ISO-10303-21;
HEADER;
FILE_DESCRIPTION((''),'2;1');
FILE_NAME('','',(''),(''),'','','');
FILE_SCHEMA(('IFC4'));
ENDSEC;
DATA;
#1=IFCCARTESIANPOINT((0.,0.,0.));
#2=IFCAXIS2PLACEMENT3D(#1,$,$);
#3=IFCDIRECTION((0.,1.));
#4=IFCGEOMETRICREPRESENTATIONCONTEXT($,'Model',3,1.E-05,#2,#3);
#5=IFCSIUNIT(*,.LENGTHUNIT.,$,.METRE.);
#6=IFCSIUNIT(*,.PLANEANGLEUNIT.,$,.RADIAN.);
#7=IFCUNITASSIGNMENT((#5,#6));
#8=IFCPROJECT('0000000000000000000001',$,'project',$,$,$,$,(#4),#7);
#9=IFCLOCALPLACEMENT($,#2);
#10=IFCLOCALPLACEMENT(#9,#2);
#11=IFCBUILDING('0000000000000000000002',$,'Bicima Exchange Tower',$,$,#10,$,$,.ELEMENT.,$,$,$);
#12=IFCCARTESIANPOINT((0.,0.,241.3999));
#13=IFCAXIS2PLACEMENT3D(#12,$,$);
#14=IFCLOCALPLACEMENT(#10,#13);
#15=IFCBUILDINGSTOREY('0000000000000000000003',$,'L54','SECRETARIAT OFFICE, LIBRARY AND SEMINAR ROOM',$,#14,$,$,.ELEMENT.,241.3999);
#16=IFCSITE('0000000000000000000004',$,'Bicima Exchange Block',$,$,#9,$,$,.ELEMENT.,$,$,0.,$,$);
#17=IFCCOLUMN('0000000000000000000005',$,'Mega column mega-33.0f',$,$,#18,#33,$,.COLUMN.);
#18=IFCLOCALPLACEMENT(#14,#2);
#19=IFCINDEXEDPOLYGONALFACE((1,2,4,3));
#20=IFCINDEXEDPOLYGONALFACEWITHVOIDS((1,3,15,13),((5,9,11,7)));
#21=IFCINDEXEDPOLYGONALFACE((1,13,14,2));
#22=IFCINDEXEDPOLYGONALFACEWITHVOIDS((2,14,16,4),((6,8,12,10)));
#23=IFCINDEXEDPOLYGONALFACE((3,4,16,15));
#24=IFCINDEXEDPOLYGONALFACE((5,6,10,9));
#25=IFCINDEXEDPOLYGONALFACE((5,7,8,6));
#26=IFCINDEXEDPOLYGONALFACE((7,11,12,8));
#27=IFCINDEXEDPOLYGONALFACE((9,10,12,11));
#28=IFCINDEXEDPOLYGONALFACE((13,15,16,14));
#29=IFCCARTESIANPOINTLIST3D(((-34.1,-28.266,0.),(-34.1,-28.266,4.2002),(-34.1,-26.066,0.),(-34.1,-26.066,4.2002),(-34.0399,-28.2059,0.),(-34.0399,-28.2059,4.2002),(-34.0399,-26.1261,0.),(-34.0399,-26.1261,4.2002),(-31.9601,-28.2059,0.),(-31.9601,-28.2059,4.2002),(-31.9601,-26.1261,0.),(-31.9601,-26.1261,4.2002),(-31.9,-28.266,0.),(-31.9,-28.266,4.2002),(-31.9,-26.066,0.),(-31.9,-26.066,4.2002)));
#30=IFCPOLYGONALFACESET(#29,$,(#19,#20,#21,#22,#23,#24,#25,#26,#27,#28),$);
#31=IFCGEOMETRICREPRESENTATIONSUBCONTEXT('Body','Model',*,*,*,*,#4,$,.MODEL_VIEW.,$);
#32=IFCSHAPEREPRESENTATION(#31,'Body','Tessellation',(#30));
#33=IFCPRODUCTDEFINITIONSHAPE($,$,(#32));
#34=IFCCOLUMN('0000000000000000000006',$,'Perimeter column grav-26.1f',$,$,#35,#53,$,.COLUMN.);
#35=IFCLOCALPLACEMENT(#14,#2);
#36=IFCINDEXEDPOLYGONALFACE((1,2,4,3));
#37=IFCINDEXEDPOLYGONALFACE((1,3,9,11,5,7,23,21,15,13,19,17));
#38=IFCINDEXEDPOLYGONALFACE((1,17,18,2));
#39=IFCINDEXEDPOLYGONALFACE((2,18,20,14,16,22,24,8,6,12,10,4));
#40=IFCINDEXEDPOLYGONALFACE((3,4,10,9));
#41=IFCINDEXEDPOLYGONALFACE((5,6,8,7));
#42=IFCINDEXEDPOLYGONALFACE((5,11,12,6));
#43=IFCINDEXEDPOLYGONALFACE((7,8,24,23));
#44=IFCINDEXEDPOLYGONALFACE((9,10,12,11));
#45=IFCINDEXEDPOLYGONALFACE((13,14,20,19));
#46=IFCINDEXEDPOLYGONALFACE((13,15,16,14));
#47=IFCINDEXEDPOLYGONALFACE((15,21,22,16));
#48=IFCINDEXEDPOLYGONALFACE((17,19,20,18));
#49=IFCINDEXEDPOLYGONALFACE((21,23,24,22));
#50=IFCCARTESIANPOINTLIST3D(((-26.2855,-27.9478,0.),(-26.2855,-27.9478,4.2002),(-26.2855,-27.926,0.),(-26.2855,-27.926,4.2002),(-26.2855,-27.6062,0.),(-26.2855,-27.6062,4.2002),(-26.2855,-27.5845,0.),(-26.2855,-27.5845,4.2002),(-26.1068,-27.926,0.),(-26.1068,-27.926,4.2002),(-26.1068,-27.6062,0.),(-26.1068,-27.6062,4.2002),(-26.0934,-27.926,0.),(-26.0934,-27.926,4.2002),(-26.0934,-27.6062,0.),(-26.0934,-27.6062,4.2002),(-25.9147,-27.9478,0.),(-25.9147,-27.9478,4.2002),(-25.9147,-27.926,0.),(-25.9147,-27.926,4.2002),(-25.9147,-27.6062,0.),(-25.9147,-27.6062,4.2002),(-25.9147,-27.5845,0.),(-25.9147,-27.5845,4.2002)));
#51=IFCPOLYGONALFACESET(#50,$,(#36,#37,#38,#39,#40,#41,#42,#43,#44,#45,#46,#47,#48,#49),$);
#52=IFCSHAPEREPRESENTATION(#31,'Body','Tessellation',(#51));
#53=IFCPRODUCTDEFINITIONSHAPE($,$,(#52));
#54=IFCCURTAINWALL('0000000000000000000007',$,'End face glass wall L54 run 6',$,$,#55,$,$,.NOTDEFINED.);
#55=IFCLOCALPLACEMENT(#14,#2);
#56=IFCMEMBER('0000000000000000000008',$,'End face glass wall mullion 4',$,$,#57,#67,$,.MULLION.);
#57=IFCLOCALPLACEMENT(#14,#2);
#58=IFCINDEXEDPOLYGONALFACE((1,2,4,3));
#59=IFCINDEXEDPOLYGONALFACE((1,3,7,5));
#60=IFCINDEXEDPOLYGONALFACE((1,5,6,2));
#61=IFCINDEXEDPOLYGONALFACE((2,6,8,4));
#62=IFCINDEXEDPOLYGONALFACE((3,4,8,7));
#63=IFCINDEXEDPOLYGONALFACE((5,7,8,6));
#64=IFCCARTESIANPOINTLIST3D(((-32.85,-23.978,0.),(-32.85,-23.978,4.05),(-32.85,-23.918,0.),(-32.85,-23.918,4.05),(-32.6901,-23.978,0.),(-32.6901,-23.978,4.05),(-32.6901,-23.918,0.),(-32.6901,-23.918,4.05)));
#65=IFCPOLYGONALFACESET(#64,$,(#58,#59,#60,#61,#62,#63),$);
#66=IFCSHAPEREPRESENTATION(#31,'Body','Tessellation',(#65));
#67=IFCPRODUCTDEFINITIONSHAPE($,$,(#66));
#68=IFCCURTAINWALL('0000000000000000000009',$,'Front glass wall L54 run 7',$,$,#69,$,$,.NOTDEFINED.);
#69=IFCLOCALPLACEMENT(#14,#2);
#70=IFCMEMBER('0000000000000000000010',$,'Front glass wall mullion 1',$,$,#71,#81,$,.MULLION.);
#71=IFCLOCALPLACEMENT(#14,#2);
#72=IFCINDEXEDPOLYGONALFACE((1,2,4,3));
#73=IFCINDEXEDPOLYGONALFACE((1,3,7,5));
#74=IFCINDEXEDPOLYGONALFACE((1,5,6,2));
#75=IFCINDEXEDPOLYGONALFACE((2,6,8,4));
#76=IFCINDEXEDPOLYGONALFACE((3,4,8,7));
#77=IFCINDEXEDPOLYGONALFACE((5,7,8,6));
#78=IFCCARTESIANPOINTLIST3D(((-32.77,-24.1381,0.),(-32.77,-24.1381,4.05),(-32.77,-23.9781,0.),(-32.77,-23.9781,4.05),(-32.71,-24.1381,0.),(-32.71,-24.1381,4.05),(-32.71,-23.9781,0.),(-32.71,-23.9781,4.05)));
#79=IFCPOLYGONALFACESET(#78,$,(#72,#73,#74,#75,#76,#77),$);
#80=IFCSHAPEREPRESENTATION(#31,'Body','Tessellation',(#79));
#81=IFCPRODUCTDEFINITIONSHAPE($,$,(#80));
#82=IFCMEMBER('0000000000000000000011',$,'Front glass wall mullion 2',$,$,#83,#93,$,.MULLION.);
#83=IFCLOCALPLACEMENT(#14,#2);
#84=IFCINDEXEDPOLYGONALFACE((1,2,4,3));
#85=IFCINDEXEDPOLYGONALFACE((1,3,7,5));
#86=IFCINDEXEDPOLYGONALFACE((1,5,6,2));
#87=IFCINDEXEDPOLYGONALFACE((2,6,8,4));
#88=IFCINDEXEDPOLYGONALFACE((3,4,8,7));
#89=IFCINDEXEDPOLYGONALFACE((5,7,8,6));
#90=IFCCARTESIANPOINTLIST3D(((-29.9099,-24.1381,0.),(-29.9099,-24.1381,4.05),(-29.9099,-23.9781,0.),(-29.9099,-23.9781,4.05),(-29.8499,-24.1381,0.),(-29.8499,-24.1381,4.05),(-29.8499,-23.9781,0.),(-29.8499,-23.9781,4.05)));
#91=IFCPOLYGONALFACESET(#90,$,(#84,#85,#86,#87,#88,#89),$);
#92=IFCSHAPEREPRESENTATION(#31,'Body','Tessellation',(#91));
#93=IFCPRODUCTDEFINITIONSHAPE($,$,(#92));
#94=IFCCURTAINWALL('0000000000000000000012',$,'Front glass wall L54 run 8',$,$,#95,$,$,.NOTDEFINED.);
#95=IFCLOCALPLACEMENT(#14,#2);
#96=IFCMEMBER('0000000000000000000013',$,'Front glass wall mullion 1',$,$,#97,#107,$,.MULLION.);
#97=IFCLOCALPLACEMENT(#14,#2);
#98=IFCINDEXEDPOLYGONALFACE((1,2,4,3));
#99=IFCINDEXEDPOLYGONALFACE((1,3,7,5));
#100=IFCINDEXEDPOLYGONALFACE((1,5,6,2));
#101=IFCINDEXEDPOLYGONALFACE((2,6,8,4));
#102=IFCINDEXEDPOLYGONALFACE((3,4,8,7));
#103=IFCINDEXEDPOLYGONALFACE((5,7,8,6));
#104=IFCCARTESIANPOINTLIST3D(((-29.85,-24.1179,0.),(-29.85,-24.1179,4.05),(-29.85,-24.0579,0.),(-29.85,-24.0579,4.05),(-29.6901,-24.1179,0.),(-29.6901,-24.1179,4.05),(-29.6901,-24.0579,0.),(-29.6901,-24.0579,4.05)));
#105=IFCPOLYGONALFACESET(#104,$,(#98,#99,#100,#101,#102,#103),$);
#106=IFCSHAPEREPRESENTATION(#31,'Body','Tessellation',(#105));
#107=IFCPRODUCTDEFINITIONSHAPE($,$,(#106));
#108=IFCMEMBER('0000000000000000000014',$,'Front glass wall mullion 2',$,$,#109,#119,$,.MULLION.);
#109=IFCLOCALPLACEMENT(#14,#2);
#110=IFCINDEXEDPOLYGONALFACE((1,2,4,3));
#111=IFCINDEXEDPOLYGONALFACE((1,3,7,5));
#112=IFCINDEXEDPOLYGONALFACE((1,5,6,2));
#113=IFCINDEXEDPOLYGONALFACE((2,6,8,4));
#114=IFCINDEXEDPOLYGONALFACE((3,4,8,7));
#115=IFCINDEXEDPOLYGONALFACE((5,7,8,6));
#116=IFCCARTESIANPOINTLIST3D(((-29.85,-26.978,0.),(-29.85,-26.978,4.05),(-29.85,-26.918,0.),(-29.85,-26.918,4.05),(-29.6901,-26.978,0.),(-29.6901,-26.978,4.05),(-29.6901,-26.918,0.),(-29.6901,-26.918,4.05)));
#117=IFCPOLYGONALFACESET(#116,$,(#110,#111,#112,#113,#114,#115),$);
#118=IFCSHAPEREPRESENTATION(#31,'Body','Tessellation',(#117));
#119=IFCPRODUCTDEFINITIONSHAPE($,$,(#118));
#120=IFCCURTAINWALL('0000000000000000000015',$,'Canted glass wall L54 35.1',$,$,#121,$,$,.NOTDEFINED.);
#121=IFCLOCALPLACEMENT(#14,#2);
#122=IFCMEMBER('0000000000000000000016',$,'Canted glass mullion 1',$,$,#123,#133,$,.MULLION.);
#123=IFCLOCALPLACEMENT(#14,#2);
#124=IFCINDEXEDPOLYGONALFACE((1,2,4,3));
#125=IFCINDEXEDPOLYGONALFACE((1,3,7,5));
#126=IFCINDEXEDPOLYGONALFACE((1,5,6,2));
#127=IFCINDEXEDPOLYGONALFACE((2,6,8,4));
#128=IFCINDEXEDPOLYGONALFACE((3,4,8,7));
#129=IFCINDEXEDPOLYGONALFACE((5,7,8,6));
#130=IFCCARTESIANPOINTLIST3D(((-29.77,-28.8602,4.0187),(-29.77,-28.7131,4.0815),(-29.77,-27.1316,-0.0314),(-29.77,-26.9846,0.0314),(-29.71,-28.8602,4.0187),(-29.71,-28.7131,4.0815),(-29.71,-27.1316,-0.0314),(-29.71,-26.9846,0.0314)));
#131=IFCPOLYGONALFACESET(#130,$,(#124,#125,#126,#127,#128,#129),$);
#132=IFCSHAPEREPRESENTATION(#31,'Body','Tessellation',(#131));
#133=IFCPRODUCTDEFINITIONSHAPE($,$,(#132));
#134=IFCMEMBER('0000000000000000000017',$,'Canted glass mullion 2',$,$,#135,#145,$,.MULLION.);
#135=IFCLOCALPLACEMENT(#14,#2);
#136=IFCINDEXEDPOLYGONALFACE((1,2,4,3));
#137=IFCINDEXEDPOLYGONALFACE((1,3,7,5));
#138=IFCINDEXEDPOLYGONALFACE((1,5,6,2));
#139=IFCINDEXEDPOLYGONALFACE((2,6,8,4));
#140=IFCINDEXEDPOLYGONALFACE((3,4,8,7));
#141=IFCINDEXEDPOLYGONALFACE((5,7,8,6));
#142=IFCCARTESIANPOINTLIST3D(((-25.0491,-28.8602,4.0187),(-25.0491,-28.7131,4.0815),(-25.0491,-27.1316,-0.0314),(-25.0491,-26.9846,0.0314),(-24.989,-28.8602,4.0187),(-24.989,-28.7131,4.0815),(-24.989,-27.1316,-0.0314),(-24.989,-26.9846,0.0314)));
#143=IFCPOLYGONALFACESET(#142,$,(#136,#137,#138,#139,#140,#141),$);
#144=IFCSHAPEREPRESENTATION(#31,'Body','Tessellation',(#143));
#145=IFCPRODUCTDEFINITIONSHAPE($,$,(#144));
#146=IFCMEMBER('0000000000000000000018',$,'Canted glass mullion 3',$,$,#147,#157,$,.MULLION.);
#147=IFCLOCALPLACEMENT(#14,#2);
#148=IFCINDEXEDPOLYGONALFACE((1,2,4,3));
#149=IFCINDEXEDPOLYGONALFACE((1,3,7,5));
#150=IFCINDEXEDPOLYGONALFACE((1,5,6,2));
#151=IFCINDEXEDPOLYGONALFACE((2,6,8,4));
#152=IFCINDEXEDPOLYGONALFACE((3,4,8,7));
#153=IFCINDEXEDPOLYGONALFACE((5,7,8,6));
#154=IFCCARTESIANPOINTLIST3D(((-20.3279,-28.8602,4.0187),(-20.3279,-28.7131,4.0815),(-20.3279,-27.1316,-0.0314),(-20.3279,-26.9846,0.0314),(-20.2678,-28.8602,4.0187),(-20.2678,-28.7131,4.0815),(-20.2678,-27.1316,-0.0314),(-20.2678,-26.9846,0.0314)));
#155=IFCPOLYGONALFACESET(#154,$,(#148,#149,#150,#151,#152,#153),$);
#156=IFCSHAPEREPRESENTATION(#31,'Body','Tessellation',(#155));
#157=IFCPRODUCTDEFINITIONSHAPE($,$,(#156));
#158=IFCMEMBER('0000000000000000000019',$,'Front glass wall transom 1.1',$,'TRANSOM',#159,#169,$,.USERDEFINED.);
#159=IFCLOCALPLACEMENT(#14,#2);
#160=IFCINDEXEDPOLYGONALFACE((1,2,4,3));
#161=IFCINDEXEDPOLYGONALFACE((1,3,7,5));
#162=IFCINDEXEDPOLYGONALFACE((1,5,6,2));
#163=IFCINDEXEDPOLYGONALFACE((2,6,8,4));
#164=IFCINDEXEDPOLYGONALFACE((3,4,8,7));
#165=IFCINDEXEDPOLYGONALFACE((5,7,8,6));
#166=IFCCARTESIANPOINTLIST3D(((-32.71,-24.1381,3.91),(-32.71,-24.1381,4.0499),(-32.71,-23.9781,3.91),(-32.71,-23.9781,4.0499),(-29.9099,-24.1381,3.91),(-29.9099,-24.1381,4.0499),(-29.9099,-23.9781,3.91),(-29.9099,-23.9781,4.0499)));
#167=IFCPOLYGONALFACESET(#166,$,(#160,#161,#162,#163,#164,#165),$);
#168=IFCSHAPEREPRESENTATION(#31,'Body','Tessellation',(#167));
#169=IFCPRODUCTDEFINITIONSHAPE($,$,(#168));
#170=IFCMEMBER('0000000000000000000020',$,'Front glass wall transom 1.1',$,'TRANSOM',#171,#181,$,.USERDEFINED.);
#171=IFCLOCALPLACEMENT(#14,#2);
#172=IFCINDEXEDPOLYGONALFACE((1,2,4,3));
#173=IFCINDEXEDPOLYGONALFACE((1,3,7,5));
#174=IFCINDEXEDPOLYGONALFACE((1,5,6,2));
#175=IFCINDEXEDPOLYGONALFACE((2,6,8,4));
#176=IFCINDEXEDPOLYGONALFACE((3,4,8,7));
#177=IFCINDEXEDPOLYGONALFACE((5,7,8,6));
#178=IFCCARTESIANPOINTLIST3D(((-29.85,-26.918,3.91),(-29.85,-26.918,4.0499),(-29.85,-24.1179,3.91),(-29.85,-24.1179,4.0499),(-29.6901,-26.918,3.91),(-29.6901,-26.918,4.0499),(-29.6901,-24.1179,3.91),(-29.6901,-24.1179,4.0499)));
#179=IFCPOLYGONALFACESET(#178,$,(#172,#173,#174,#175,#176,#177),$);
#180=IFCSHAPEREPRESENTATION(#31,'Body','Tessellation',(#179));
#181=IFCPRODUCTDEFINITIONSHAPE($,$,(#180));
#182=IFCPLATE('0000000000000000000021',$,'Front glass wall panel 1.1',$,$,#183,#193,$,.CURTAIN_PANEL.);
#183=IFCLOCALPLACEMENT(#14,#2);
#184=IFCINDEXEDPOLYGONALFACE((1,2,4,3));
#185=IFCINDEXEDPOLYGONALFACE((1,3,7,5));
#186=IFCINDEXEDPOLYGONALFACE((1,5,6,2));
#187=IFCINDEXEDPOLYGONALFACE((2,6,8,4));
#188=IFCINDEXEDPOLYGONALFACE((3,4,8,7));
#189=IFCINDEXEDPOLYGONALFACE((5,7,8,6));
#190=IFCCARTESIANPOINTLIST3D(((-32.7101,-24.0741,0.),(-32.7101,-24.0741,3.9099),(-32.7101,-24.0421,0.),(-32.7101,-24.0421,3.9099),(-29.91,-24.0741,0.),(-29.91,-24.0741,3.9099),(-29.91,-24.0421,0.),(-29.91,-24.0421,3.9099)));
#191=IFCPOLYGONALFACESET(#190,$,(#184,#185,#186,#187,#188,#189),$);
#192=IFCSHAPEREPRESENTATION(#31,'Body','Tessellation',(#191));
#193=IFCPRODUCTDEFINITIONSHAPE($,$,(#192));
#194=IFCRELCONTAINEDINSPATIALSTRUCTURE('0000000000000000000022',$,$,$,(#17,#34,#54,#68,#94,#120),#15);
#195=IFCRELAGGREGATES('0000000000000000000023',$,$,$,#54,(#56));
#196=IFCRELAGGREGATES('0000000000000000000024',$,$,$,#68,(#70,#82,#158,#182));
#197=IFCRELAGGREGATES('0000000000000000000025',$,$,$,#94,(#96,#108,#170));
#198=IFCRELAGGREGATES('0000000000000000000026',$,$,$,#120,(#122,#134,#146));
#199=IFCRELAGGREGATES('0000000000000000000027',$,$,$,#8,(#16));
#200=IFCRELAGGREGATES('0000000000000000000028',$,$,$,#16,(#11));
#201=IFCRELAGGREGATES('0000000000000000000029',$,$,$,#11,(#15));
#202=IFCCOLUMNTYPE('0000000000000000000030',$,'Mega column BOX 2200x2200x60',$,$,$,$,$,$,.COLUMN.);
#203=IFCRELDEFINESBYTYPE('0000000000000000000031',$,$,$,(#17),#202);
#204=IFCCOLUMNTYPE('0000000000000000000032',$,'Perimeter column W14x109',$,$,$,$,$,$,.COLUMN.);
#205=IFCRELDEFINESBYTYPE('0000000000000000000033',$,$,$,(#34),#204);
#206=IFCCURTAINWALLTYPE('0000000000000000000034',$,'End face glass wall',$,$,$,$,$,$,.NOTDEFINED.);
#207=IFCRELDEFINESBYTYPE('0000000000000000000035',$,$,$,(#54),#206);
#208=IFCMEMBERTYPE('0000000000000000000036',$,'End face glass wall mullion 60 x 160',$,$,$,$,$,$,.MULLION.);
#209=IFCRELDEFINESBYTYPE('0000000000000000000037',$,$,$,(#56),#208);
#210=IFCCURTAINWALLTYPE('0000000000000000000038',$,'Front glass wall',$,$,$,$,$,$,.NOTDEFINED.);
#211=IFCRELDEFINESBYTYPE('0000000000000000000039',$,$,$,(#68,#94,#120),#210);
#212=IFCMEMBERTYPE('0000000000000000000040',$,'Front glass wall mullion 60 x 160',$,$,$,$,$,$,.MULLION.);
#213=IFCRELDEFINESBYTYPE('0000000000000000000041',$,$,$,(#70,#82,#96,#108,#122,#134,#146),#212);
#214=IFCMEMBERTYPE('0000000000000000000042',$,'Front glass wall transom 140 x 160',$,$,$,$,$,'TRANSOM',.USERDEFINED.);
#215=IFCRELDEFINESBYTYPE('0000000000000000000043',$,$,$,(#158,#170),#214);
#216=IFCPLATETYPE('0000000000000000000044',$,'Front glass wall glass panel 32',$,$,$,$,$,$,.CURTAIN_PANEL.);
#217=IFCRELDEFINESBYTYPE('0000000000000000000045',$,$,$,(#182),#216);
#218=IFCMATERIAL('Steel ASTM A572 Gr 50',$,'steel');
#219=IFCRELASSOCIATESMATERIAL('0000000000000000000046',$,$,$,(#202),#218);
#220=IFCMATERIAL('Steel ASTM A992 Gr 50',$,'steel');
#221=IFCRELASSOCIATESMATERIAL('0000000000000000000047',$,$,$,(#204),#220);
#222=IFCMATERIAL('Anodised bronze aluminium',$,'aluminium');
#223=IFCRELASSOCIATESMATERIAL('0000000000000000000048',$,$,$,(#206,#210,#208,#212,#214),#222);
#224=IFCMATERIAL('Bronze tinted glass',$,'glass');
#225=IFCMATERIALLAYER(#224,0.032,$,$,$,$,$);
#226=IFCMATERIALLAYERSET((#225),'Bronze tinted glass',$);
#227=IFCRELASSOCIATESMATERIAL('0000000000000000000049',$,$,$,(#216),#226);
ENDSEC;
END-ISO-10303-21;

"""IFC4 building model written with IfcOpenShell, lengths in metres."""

from ifc_helpers import new_model, si_unit, direction, frame, origin, origin_2d, place, context, subcontext, project, spatial, rectangle, hollow_rectangle, i_section, extrude, material, layer, layer_set, material_profile, profile_set, type_object, element, aggregate, save


model = new_model("IFC4")

# Units and contexts
model_context = context("Model", 3, precision=1e-05, world=origin(), true_north=direction((0.0, 1.0)))
body_context = subcontext(model_context, "Body", "Model", "MODEL_VIEW")
ifc_project = project(units=[si_unit("LENGTHUNIT", "METRE"), si_unit("PLANEANGLEUNIT", "RADIAN")], contexts=[model_context])

# Site, building, storey
site_placement = place(None, origin())
site = spatial("IfcSite", under=ifc_project, at=site_placement, Name="Bicima Exchange Block", CompositionType="ELEMENT", RefElevation=0.0)
building_placement = place(site_placement, origin())
building = spatial("IfcBuilding", under=site, at=building_placement, Name="Bicima Exchange Tower", CompositionType="ELEMENT")
storey_placement = place(building_placement, frame((0.0, 0.0, 241.3999)))
storey = spatial("IfcBuildingStorey", under=building, at=storey_placement, Name="L54", Description="SECRETARIAT OFFICE, LIBRARY AND SEMINAR ROOM", CompositionType="ELEMENT", Elevation=241.3999)

# Columns
ifc_material_1 = material(Name="Steel ASTM A572 Gr 50", Category="steel")
ifc_material_profile_1 = material_profile(ifc_material_1, hollow_rectangle(XDim=2.2, YDim=2.2, WallThickness=0.0601, at=origin_2d()))
ifc_profile_set_1 = profile_set([ifc_material_profile_1], Name="Steel ASTM A572 Gr 50")
column_type_1 = type_object("IfcColumnType", Name="Mega column BOX 2200x2200x60", PredefinedType="COLUMN", material=ifc_profile_set_1)
column_1_placement = place(storey_placement, frame((-33.0, -27.166, 0.0), z_axis=(0.0, 0.0, 1.0), x_axis=(1.0, 0.0, 0.0)))
element("IfcColumn", 1, at=column_1_placement, inside=storey, type_object=column_type_1, Name="Mega column mega-33.0f", PredefinedType="COLUMN", context=body_context, shape_type="SweptSolid", body=[
    extrude(hollow_rectangle(XDim=2.2, YDim=2.2, WallThickness=0.0601, at=origin_2d()), origin(), (0.0, 0.0, 1.0), 4.2002),
])
ifc_material_2 = material(Name="Steel ASTM A992 Gr 50", Category="steel")
ifc_material_profile_2 = material_profile(ifc_material_2, i_section(OverallWidth=0.3708, OverallDepth=0.3633, WebThickness=0.0134, FlangeThickness=0.0217, at=origin_2d()))
ifc_profile_set_2 = profile_set([ifc_material_profile_2], Name="Steel ASTM A992 Gr 50")
column_type_2 = type_object("IfcColumnType", Name="Perimeter column W14x109", PredefinedType="COLUMN", material=ifc_profile_set_2)
column_2_placement = place(storey_placement, frame((-26.1001, -27.7661, 0.0), z_axis=(0.0, 0.0, 1.0), x_axis=(1.0, 0.0, 0.0)))
element("IfcColumn", 2, at=column_2_placement, inside=storey, type_object=column_type_2, Name="Perimeter column grav-26.1f", PredefinedType="COLUMN", context=body_context, shape_type="SweptSolid", body=[
    extrude(i_section(OverallWidth=0.3708, OverallDepth=0.3633, WebThickness=0.0134, FlangeThickness=0.0217, at=origin_2d()), origin(), (0.0, 0.0, 1.0), 4.2002),
])

# Curtain wall, member
ifc_material_3 = material(Name="Anodised bronze aluminium", Category="aluminium")
curtain_wall_type_1 = type_object("IfcCurtainWallType", Name="End face glass wall", PredefinedType="NOTDEFINED", material=ifc_material_3)
curtain_wall_1_placement = place(storey_placement, origin())
curtain_wall_1 = element("IfcCurtainWall", 3, at=curtain_wall_1_placement, inside=storey, type_object=curtain_wall_type_1, Name="End face glass wall L54 run 6", PredefinedType="NOTDEFINED")
ifc_material_profile_3 = material_profile(ifc_material_3, rectangle(XDim=0.1599, YDim=0.0601, at=origin_2d()))
ifc_profile_set_3 = profile_set([ifc_material_profile_3], Name="Anodised bronze aluminium")
member_type_1 = type_object("IfcMemberType", Name="End face glass wall mullion 60 x 160", PredefinedType="MULLION", material=ifc_profile_set_3)
member_1_placement = place(storey_placement, frame((-32.77, -23.948, 0.0), z_axis=(0.0, 0.0, 1.0), x_axis=(1.0, 0.0, 0.0)))
member_1 = element("IfcMember", 4, at=member_1_placement, type_object=member_type_1, Name="End face glass wall mullion 4", PredefinedType="MULLION", context=body_context, shape_type="SweptSolid", body=[
    extrude(rectangle(XDim=0.1599, YDim=0.0601, at=origin_2d()), origin(), (0.0, 0.0, 1.0), 4.05),
])
aggregate(curtain_wall_1, [member_1])

# Curtain walls, members
curtain_wall_type_2 = type_object("IfcCurtainWallType", Name="Front glass wall", PredefinedType="NOTDEFINED", material=ifc_material_3)
curtain_wall_2_placement = place(storey_placement, origin())
curtain_wall_2 = element("IfcCurtainWall", 5, at=curtain_wall_2_placement, inside=storey, type_object=curtain_wall_type_2, Name="Front glass wall L54 run 7", PredefinedType="NOTDEFINED")
member_type_2 = type_object("IfcMemberType", Name="Front glass wall mullion 60 x 160", PredefinedType="MULLION", material=ifc_profile_set_3)
member_2_placement = place(storey_placement, frame((-32.74, -24.0581, 0.0), z_axis=(0.0, 0.0, 1.0), x_axis=(0.0, 1.0, 0.0)))
member_2 = element("IfcMember", 6, at=member_2_placement, type_object=member_type_2, Name="Front glass wall mullion 1", PredefinedType="MULLION", context=body_context, shape_type="SweptSolid", body=[
    extrude(rectangle(XDim=0.1599, YDim=0.0601, at=origin_2d()), origin(), (0.0, 0.0, 1.0), 4.05),
])
member_3_placement = place(storey_placement, frame((-29.8799, -24.0581, 0.0), z_axis=(0.0, 0.0, 1.0), x_axis=(0.0, 1.0, 0.0)))
member_3 = element("IfcMember", 7, at=member_3_placement, type_object=member_type_2, Name="Front glass wall mullion 2", PredefinedType="MULLION", context=body_context, shape_type="SweptSolid", body=[
    extrude(rectangle(XDim=0.1599, YDim=0.0601, at=origin_2d()), origin(), (0.0, 0.0, 1.0), 4.05),
])
curtain_wall_3_placement = place(storey_placement, origin())
curtain_wall_3 = element("IfcCurtainWall", 8, at=curtain_wall_3_placement, inside=storey, type_object=curtain_wall_type_2, Name="Front glass wall L54 run 8", PredefinedType="NOTDEFINED")
member_4_placement = place(storey_placement, frame((-29.77, -24.0879, 0.0), z_axis=(0.0, 0.0, 1.0), x_axis=(1.0, 0.0, 0.0)))
member_4 = element("IfcMember", 9, at=member_4_placement, type_object=member_type_2, Name="Front glass wall mullion 1", PredefinedType="MULLION", context=body_context, shape_type="SweptSolid", body=[
    extrude(rectangle(XDim=0.1599, YDim=0.0601, at=origin_2d()), origin(), (0.0, 0.0, 1.0), 4.05),
])
member_5_placement = place(storey_placement, frame((-29.77, -26.948, 0.0), z_axis=(0.0, 0.0, 1.0), x_axis=(1.0, 0.0, 0.0)))
member_5 = element("IfcMember", 10, at=member_5_placement, type_object=member_type_2, Name="Front glass wall mullion 2", PredefinedType="MULLION", context=body_context, shape_type="SweptSolid", body=[
    extrude(rectangle(XDim=0.1599, YDim=0.0601, at=origin_2d()), origin(), (0.0, 0.0, 1.0), 4.05),
])
curtain_wall_4_placement = place(storey_placement, origin())
curtain_wall_4 = element("IfcCurtainWall", 11, at=curtain_wall_4_placement, inside=storey, type_object=curtain_wall_type_2, Name="Canted glass wall L54 35.1", PredefinedType="NOTDEFINED")
member_6_placement = place(storey_placement, frame((-29.74, -27.0581, 0.0), z_axis=(0.0, -0.392534, 0.919738), x_axis=(0.0, 0.919738, 0.392534)))
member_6 = element("IfcMember", 12, at=member_6_placement, type_object=member_type_2, Name="Canted glass mullion 1", PredefinedType="MULLION", context=body_context, shape_type="SweptSolid", body=[
    extrude(rectangle(XDim=0.1599, YDim=0.0601, at=origin_2d()), origin(), (0.0, 0.0, 1.0), 4.4036),
])
member_7_placement = place(storey_placement, frame((-25.019, -27.0581, 0.0), z_axis=(0.0, -0.392534, 0.919738), x_axis=(0.0, 0.919738, 0.392534)))
member_7 = element("IfcMember", 13, at=member_7_placement, type_object=member_type_2, Name="Canted glass mullion 2", PredefinedType="MULLION", context=body_context, shape_type="SweptSolid", body=[
    extrude(rectangle(XDim=0.1599, YDim=0.0601, at=origin_2d()), origin(), (0.0, 0.0, 1.0), 4.4036),
])
member_8_placement = place(storey_placement, frame((-20.2979, -27.0581, 0.0), z_axis=(0.0, -0.392534, 0.919738), x_axis=(0.0, 0.919738, 0.392534)))
member_8 = element("IfcMember", 14, at=member_8_placement, type_object=member_type_2, Name="Canted glass mullion 3", PredefinedType="MULLION", context=body_context, shape_type="SweptSolid", body=[
    extrude(rectangle(XDim=0.1599, YDim=0.0601, at=origin_2d()), origin(), (0.0, 0.0, 1.0), 4.4036),
])

# Members
ifc_material_profile_4 = material_profile(ifc_material_3, rectangle(XDim=0.1599, YDim=0.1399, at=origin_2d()))
ifc_profile_set_4 = profile_set([ifc_material_profile_4], Name="Anodised bronze aluminium")
member_type_3 = type_object("IfcMemberType", Name="Front glass wall transom 140 x 160", ElementType="TRANSOM", PredefinedType="USERDEFINED", material=ifc_profile_set_4)
member_9_placement = place(storey_placement, frame((-32.71, -24.0581, 3.98), z_axis=(1.0, 0.0, 0.0), x_axis=(0.0, 1.0, 0.0)))
member_9 = element("IfcMember", 15, at=member_9_placement, type_object=member_type_3, Name="Front glass wall transom 1.1", ObjectType="TRANSOM", PredefinedType="USERDEFINED", context=body_context, shape_type="SweptSolid", body=[
    extrude(rectangle(XDim=0.1599, YDim=0.1399, at=origin_2d()), origin(), (0.0, 0.0, 1.0), 2.8),
])
member_10_placement = place(storey_placement, frame((-29.77, -24.1179, 3.98), z_axis=(0.0, -1.0, 0.0), x_axis=(1.0, 0.0, 0.0)))
member_10 = element("IfcMember", 16, at=member_10_placement, type_object=member_type_3, Name="Front glass wall transom 1.1", ObjectType="TRANSOM", PredefinedType="USERDEFINED", context=body_context, shape_type="SweptSolid", body=[
    extrude(rectangle(XDim=0.1599, YDim=0.1399, at=origin_2d()), origin(), (0.0, 0.0, 1.0), 2.8),
])

# Plate
ifc_material_4 = material(Name="Bronze tinted glass", Category="glass")
ifc_layer_1 = layer(ifc_material_4, 0.032)
ifc_layer_set_1 = layer_set([ifc_layer_1], Name="Bronze tinted glass")
plate_type_1 = type_object("IfcPlateType", Name="Front glass wall glass panel 32", PredefinedType="CURTAIN_PANEL", material=ifc_layer_set_1)
plate_1_placement = place(storey_placement, frame((-31.3101, -24.0581, 0.0), z_axis=(0.0, 0.0, 1.0), x_axis=(1.0, 0.0, 0.0)))
plate_1 = element("IfcPlate", 17, at=plate_1_placement, type_object=plate_type_1, Name="Front glass wall panel 1.1", PredefinedType="CURTAIN_PANEL", context=body_context, shape_type="SweptSolid", body=[
    extrude(rectangle(XDim=2.8, YDim=0.032, at=origin_2d()), origin(), (0.0, 0.0, 1.0), 3.9099),
])
aggregate(curtain_wall_2, [member_2, member_3, member_9, plate_1])
aggregate(curtain_wall_3, [member_4, member_5, member_10])
aggregate(curtain_wall_4, [member_6, member_7, member_8])

save(model, "model.ifc")
